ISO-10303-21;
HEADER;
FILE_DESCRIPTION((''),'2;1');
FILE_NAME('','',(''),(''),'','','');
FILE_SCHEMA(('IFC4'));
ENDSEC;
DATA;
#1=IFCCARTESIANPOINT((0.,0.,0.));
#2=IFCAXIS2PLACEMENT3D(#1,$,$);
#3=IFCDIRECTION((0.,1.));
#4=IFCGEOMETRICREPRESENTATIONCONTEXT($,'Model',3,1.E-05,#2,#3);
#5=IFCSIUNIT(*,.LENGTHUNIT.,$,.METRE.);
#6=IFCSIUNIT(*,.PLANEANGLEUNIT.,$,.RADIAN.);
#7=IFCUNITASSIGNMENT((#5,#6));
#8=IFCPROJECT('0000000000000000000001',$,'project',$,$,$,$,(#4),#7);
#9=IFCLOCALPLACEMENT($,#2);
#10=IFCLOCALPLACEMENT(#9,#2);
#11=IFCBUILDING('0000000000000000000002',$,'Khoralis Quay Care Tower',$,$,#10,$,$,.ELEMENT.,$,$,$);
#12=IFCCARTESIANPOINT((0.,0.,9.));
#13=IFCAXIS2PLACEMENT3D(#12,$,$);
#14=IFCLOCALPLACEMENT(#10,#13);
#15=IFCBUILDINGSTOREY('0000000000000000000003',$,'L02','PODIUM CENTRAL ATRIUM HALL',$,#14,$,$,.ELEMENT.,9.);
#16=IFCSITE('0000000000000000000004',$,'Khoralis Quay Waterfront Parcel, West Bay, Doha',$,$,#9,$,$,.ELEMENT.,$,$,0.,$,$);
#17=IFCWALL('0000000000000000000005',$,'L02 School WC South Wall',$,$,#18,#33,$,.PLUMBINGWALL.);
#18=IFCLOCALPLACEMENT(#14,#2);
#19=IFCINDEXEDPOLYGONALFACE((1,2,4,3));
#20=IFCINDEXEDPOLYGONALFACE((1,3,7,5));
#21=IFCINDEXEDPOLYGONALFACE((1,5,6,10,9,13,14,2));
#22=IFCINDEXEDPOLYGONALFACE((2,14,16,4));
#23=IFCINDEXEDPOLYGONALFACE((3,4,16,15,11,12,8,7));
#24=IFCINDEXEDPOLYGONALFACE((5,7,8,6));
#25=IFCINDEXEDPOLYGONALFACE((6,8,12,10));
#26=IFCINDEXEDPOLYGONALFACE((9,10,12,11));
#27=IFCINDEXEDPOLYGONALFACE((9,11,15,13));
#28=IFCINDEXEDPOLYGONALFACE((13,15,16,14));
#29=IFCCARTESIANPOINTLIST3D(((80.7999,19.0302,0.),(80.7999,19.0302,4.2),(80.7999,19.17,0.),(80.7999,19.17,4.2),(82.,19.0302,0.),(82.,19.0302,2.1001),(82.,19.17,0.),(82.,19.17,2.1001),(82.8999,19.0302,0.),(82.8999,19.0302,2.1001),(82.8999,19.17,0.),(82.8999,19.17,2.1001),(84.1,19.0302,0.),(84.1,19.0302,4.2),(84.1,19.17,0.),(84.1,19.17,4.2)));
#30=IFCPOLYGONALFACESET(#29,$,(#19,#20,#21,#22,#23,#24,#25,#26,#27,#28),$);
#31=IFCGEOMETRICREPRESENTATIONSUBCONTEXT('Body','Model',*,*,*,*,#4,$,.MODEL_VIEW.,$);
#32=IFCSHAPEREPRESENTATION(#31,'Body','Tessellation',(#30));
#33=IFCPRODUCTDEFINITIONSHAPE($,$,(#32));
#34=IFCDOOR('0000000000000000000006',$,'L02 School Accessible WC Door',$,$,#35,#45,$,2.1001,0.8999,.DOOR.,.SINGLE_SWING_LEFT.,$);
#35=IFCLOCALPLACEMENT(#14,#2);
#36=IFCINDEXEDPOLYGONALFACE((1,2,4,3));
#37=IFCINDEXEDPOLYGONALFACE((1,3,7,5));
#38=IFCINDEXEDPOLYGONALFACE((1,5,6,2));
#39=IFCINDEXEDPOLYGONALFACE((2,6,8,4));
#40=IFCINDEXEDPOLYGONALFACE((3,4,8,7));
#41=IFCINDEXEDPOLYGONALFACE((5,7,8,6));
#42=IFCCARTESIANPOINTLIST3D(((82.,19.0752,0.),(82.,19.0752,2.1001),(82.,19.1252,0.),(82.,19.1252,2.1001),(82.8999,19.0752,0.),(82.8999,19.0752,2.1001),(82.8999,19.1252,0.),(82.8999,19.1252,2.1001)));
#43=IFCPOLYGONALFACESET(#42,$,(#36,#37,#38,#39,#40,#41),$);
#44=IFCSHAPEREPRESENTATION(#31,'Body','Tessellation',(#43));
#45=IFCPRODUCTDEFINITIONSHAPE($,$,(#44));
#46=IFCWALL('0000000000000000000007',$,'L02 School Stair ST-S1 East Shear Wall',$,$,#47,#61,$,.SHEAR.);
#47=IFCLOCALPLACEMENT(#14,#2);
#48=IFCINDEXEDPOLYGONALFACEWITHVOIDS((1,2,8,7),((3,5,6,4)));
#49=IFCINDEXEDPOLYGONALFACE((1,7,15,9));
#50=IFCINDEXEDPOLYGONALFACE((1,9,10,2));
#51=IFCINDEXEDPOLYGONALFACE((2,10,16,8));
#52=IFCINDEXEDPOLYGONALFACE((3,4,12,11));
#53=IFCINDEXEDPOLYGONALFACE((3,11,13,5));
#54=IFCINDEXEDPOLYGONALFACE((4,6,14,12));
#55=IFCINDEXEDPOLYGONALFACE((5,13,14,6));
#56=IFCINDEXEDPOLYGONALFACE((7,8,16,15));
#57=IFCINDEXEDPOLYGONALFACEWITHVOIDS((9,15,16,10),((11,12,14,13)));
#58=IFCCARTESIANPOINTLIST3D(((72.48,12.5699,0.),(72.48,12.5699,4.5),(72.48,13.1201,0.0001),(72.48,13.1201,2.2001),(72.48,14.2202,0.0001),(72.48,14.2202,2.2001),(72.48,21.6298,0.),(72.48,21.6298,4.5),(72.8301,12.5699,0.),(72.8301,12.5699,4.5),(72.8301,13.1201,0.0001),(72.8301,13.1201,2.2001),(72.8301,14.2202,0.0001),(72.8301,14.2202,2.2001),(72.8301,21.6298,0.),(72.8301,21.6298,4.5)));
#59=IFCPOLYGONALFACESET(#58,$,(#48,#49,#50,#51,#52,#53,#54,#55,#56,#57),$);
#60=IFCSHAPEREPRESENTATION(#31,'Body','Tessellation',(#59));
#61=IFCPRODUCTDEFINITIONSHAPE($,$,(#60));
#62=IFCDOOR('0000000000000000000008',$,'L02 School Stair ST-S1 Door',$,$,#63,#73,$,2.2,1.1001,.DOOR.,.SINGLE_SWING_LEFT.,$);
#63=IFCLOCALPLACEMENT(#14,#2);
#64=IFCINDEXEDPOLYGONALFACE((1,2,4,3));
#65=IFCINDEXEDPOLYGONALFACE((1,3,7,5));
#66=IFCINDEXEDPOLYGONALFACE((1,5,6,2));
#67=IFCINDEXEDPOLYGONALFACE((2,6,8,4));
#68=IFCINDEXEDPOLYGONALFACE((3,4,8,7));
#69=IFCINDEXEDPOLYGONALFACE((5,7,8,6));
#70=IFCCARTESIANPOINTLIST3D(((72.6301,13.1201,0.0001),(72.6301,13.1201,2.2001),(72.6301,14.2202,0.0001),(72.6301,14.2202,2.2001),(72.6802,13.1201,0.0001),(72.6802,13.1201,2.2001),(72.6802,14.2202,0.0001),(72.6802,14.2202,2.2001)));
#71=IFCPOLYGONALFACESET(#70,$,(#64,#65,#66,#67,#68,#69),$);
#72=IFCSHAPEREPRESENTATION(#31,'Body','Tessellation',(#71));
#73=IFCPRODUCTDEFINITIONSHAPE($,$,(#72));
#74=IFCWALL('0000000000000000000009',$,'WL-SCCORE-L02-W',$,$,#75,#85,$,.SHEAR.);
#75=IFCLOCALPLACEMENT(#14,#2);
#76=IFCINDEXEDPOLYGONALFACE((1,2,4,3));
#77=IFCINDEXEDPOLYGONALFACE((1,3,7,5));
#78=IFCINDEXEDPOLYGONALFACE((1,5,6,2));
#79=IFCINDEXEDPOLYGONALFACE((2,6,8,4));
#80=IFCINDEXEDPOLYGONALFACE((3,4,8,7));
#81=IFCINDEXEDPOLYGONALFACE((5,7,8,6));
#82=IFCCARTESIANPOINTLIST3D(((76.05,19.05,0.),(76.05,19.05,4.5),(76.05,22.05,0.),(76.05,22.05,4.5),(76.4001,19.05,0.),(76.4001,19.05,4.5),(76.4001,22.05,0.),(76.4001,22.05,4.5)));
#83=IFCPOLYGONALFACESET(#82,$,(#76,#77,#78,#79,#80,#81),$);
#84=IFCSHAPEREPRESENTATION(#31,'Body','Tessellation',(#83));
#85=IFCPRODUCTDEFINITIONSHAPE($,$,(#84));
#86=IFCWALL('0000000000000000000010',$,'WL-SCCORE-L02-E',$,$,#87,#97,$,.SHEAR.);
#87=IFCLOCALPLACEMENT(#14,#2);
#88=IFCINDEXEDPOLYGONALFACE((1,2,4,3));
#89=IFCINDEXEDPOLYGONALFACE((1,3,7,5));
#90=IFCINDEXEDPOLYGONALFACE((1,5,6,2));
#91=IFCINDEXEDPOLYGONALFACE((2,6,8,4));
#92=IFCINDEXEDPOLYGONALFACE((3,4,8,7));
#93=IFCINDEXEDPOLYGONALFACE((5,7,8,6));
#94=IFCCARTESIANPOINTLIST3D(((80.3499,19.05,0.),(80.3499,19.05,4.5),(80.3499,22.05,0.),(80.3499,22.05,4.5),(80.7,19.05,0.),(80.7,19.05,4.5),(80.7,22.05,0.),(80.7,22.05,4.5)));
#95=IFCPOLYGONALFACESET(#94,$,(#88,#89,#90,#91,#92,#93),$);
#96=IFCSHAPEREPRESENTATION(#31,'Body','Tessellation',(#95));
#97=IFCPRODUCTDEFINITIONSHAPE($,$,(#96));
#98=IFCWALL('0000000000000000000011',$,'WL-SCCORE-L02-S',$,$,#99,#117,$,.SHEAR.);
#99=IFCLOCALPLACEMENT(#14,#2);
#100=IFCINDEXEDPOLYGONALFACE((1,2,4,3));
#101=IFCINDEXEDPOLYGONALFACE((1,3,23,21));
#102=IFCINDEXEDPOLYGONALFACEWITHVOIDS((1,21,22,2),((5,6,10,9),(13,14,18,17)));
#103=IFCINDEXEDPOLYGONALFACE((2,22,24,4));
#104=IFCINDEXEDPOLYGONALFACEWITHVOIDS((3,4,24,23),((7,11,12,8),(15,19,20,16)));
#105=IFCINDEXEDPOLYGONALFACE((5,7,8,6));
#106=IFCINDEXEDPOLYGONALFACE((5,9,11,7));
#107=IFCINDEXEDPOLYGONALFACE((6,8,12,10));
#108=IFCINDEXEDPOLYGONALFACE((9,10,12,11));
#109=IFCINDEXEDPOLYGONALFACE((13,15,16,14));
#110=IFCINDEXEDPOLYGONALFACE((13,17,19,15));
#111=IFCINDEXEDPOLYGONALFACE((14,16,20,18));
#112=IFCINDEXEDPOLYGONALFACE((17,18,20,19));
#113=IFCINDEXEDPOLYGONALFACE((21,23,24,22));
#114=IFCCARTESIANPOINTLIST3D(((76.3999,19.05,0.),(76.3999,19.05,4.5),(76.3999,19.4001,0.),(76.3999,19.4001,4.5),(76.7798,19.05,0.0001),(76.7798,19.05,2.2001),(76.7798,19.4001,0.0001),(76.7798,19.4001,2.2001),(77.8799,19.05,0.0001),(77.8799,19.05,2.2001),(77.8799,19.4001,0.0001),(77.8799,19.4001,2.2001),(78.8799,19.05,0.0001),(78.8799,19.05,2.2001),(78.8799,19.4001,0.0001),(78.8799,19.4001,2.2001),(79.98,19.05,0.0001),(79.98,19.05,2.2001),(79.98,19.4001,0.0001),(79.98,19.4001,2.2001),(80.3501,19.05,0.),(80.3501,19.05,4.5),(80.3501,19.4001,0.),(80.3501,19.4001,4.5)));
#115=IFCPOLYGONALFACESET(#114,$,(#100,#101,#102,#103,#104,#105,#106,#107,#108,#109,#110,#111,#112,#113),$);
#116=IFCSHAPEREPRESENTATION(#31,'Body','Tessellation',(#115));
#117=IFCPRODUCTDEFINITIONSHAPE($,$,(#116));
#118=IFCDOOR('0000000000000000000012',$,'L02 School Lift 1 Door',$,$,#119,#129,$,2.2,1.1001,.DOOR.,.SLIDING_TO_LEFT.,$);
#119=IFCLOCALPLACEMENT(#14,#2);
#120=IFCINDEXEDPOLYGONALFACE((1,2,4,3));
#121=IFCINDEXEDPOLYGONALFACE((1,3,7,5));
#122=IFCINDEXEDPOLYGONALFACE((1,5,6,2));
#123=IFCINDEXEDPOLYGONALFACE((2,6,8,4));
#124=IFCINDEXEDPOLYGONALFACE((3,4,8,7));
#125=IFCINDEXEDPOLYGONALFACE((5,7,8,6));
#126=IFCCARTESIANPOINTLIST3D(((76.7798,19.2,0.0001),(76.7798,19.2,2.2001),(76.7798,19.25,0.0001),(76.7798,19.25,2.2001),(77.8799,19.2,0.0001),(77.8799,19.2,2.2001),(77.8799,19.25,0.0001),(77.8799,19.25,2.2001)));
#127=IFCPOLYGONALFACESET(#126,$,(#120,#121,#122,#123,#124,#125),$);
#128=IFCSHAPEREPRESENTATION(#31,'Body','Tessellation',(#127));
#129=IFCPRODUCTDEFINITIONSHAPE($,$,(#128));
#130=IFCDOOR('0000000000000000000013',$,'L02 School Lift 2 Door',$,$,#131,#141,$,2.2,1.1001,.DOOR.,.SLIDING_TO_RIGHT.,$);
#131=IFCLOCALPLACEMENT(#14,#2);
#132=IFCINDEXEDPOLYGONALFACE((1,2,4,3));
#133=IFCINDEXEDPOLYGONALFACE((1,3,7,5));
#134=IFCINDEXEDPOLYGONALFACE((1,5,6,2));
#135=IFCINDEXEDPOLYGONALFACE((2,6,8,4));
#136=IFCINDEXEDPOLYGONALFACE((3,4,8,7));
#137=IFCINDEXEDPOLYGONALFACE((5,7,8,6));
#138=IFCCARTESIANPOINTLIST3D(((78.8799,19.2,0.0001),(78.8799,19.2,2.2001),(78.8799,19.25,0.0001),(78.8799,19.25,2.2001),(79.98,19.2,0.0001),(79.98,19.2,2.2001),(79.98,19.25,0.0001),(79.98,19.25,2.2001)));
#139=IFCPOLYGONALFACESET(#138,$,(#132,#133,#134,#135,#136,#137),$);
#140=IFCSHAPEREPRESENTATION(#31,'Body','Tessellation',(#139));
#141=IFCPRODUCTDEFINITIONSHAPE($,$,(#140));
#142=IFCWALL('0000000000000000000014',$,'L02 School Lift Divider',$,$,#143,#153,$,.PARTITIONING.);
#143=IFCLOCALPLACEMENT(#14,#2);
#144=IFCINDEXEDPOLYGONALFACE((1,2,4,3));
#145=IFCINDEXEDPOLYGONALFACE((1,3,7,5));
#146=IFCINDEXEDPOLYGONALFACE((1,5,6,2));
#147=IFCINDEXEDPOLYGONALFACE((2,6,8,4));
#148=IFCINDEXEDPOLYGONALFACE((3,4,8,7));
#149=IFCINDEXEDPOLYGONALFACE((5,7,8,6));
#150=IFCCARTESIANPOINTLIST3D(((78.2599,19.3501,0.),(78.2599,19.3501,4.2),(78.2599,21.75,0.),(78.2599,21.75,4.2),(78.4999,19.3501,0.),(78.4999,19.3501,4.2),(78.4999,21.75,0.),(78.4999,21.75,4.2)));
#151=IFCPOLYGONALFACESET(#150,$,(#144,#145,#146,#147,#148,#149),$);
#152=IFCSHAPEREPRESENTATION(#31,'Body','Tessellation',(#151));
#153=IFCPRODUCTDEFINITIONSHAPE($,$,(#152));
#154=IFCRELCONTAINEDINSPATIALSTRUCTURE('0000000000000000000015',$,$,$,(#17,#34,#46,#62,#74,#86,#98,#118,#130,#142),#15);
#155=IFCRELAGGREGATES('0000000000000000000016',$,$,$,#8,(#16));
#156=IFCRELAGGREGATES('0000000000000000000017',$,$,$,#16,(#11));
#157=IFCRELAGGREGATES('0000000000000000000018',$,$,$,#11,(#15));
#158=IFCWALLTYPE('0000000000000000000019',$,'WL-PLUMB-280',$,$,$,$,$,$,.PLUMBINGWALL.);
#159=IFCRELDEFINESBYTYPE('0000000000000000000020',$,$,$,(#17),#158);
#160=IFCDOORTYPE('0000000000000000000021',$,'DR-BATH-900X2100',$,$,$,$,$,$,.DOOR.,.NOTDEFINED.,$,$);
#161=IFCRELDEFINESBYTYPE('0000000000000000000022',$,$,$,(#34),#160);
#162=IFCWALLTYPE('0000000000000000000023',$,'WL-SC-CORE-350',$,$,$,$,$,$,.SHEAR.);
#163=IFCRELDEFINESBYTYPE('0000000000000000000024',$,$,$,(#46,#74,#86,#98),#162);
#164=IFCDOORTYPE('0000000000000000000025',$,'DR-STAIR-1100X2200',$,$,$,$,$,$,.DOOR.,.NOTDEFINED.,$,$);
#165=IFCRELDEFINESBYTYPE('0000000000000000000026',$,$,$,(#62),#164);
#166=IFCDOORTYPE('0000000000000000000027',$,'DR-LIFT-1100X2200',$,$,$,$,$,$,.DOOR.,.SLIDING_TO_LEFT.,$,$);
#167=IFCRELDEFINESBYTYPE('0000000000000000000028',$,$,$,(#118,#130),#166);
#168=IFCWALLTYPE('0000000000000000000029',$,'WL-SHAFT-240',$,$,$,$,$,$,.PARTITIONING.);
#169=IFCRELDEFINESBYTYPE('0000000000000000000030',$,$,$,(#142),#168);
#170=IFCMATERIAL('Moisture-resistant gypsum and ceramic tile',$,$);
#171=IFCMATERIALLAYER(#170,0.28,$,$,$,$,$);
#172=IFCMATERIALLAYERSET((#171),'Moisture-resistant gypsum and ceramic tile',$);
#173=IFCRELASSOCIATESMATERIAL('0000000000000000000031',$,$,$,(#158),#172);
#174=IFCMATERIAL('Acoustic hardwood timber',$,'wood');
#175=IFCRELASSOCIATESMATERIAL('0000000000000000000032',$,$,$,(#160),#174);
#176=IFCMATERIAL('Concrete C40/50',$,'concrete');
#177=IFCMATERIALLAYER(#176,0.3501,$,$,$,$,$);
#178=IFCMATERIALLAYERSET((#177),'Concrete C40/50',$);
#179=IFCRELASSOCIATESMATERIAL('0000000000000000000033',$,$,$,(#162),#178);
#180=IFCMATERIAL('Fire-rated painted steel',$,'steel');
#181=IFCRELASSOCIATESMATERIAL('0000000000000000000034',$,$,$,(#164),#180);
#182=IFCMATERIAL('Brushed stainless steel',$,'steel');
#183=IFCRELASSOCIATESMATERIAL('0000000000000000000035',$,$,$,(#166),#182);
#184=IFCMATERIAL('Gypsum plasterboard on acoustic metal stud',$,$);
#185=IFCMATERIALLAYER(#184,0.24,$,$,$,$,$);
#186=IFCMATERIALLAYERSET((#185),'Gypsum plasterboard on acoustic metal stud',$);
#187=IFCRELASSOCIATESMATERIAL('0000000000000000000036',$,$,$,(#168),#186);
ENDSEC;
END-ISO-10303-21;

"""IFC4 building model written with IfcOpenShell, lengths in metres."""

from ifc_helpers import new_model, si_unit, direction, frame, frame_2d, origin, place, context, subcontext, project, spatial, rectangle, extrude, source, transform, mapped, material, layer, layer_set, type_object, element, fill, save


model = new_model("IFC4")

# Units and contexts
model_context = context("Model", 3, precision=1e-05, world=origin(), true_north=direction((0.0, 1.0)))
body_context = subcontext(model_context, "Body", "Model", "MODEL_VIEW")
ifc_project = project(units=[si_unit("LENGTHUNIT", "METRE"), si_unit("PLANEANGLEUNIT", "RADIAN")], contexts=[model_context])

# Site, building, storey
site_placement = place(None, origin())
site = spatial("IfcSite", under=ifc_project, at=site_placement, Name="Khoralis Quay Waterfront Parcel, West Bay, Doha", CompositionType="ELEMENT", RefElevation=0.0)
building_placement = place(site_placement, origin())
building = spatial("IfcBuilding", under=site, at=building_placement, Name="Khoralis Quay Care Tower", CompositionType="ELEMENT")
storey_placement = place(building_placement, frame((0.0, 0.0, 9.0)))
storey = spatial("IfcBuildingStorey", under=building, at=storey_placement, Name="L02", Description="PODIUM CENTRAL ATRIUM HALL", CompositionType="ELEMENT", Elevation=9.0)

# Shared definitions
ifc_material_1 = material(Name="Concrete C40/50", Category="concrete")

# Shared definitions
ifc_material_2 = material(Name="Gypsum plasterboard on acoustic metal stud")
ifc_material_3 = material(Name="Acoustic hardwood timber", Category="wood")

# Walls, openings, doors
ifc_material_4 = material(Name="Moisture-resistant gypsum and ceramic tile")
ifc_layer_1 = layer(ifc_material_4, 0.28)
ifc_layer_set_1 = layer_set([ifc_layer_1], Name="Moisture-resistant gypsum and ceramic tile")
wall_type_1 = type_object("IfcWallType", Name="WL-PLUMB-280", PredefinedType="PLUMBINGWALL", material=ifc_layer_set_1)
wall_1_placement = place(storey_placement, frame((80.8, 19.1001, 0.0), z_axis=(0.0, 0.0, 1.0), x_axis=(1.0, 0.0, 0.0)))
wall_1 = element("IfcWall", 1, at=wall_1_placement, inside=storey, type_object=wall_type_1, Name="L02 School WC South Wall", PredefinedType="PLUMBINGWALL", context=body_context, shape_type="SweptSolid", body=[
    extrude(rectangle(XDim=3.3, YDim=0.1399, at=frame_2d((1.6499, 0.0))), origin(), (0.0, 0.0, 1.0), 4.2),
])
opening_1_placement = place(wall_1_placement, frame((1.2, 0.0, 0.0)))
opening_1 = element("IfcOpeningElement", 2, at=opening_1_placement, cuts=wall_1, PredefinedType="OPENING", context=body_context, shape_type="SweptSolid", body=[
    extrude(rectangle(XDim=0.8999, YDim=2.1001, at=frame_2d((0.45, 1.05))), frame((0.0, 0.0801, 0.0), z_axis=(0.0, -1.0, 0.0), x_axis=(1.0, 0.0, 0.0)), (0.0, 0.0, 1.0), 0.1599),
])
door_type_1 = type_object("IfcDoorType", Name="DR-BATH-900X2100", OperationType="NOTDEFINED", PredefinedType="DOOR", material=ifc_material_3)
shared_shape_1 = source(origin(), body_context, "Body", "SweptSolid", [
    extrude(rectangle(XDim=0.8999, YDim=2.1001, at=frame_2d((0.45, 1.05))), frame((0.0, 0.0249, 0.0), z_axis=(0.0, -1.0, 0.0), x_axis=(1.0, 0.0, 0.0)), (0.0, 0.0, 1.0), 0.05),
])
door_1_placement = place(opening_1_placement, frame((0.8999, 0.0, 0.0), z_axis=(0.0, 0.0, 1.0), x_axis=(-1.0, 0.0, 0.0)))
door_1 = element("IfcDoor", 3, at=door_1_placement, inside=storey, type_object=door_type_1, Name="L02 School Accessible WC Door", OperationType="SINGLE_SWING_LEFT", OverallHeight=2.1001, OverallWidth=0.8999, PredefinedType="DOOR", context=body_context, shape_type="MappedRepresentation", body=[
    mapped(shared_shape_1, transform((0.0, 0.0, 0.0), scale=1.0)),
])
fill(opening_1, door_1)
ifc_layer_2 = layer(ifc_material_1, 0.3501)
ifc_layer_set_2 = layer_set([ifc_layer_2], Name="Concrete C40/50")
wall_type_2 = type_object("IfcWallType", Name="WL-SC-CORE-350", PredefinedType="SHEAR", material=ifc_layer_set_2)
wall_2_placement = place(storey_placement, frame((72.655, 12.5701, 0.0), z_axis=(0.0, 0.0, 1.0), x_axis=(0.0, 1.0, 0.0)))
wall_2 = element("IfcWall", 4, at=wall_2_placement, inside=storey, type_object=wall_type_2, Name="L02 School Stair ST-S1 East Shear Wall", PredefinedType="SHEAR", context=body_context, shape_type="SweptSolid", body=[
    extrude(rectangle(XDim=9.0598, YDim=0.3501, at=frame_2d((4.5298, 0.0))), origin(), (0.0, 0.0, 1.0), 4.5),
])
opening_2_placement = place(wall_2_placement, frame((0.55, 0.0, 0.0)))
opening_2 = element("IfcOpeningElement", 5, at=opening_2_placement, cuts=wall_2, PredefinedType="OPENING", context=body_context, shape_type="SweptSolid", body=[
    extrude(rectangle(XDim=1.1001, YDim=2.2, at=frame_2d((0.55, 1.1001))), frame((0.0, 0.1851, 0.0), z_axis=(0.0, -1.0, 0.0), x_axis=(1.0, 0.0, 0.0)), (0.0, 0.0, 1.0), 0.3701),
])
ifc_material_5 = material(Name="Fire-rated painted steel", Category="steel")
door_type_2 = type_object("IfcDoorType", Name="DR-STAIR-1100X2200", OperationType="NOTDEFINED", PredefinedType="DOOR", material=ifc_material_5)
shared_shape_2 = source(origin(), body_context, "Body", "SweptSolid", [
    extrude(rectangle(XDim=1.1001, YDim=2.2, at=frame_2d((0.55, 1.1001))), frame((0.0, 0.0249, 0.0), z_axis=(0.0, -1.0, 0.0), x_axis=(1.0, 0.0, 0.0)), (0.0, 0.0, 1.0), 0.05),
])
door_2_placement = place(opening_2_placement, origin())
door_2 = element("IfcDoor", 6, at=door_2_placement, inside=storey, type_object=door_type_2, Name="L02 School Stair ST-S1 Door", OperationType="SINGLE_SWING_LEFT", OverallHeight=2.2, OverallWidth=1.1001, PredefinedType="DOOR", context=body_context, shape_type="MappedRepresentation", body=[
    mapped(shared_shape_2, transform((0.0, 0.0, 0.0), scale=1.0)),
])
fill(opening_2, door_2)

# Walls
for number, where, z_axis, x_axis, name in (
    (7, (76.2251, 19.05, 0.0), (0.0, 0.0, 1.0), (0.0, 1.0, 0.0), "WL-SCCORE-L02-W"),
    (8, (80.5249, 19.05, 0.0), (0.0, 0.0, 1.0), (0.0, 1.0, 0.0), "WL-SCCORE-L02-E"),
):
    element("IfcWall", number, at=place(storey_placement, frame(where, z_axis=z_axis, x_axis=x_axis)), inside=storey, type_object=wall_type_2, Name=name, PredefinedType="SHEAR", context=body_context, shape_type="SweptSolid", body=[
        extrude(rectangle(XDim=3.0, YDim=0.3501, at=frame_2d((1.5, 0.0))), origin(), (0.0, 0.0, 1.0), 4.5),
    ])

# Wall, openings, doors
wall_3_placement = place(storey_placement, frame((76.3999, 19.2251, 0.0), z_axis=(0.0, 0.0, 1.0), x_axis=(1.0, 0.0, 0.0)))
wall_3 = element("IfcWall", 9, at=wall_3_placement, inside=storey, type_object=wall_type_2, Name="WL-SCCORE-L02-S", PredefinedType="SHEAR", context=body_context, shape_type="SweptSolid", body=[
    extrude(rectangle(XDim=3.9502, YDim=0.3501, at=frame_2d((1.9751, 0.0))), origin(), (0.0, 0.0, 1.0), 4.5),
])
opening_3_placement = place(wall_3_placement, frame((0.3799, 0.0, 0.0)))
opening_3 = element("IfcOpeningElement", 10, at=opening_3_placement, cuts=wall_3, PredefinedType="OPENING", context=body_context, shape_type="SweptSolid", body=[
    extrude(rectangle(XDim=1.1001, YDim=2.2, at=frame_2d((0.55, 1.1001))), frame((0.0, 0.1851, 0.0), z_axis=(0.0, -1.0, 0.0), x_axis=(1.0, 0.0, 0.0)), (0.0, 0.0, 1.0), 0.3701),
])
opening_4_placement = place(wall_3_placement, frame((2.48, 0.0, 0.0)))
opening_4 = element("IfcOpeningElement", 11, at=opening_4_placement, cuts=wall_3, PredefinedType="OPENING", context=body_context, shape_type="SweptSolid", body=[
    extrude(rectangle(XDim=1.1001, YDim=2.2, at=frame_2d((0.55, 1.1001))), frame((0.0, 0.1851, 0.0), z_axis=(0.0, -1.0, 0.0), x_axis=(1.0, 0.0, 0.0)), (0.0, 0.0, 1.0), 0.3701),
])
ifc_material_6 = material(Name="Brushed stainless steel", Category="steel")
door_type_3 = type_object("IfcDoorType", Name="DR-LIFT-1100X2200", OperationType="SLIDING_TO_LEFT", PredefinedType="DOOR", material=ifc_material_6)
shared_shape_3 = source(origin(), body_context, "Body", "SweptSolid", [
    extrude(rectangle(XDim=1.1001, YDim=2.2, at=frame_2d((0.55, 1.1001))), frame((0.0, 0.0249, 0.0), z_axis=(0.0, -1.0, 0.0), x_axis=(1.0, 0.0, 0.0)), (0.0, 0.0, 1.0), 0.05),
])
door_3_placement = place(opening_3_placement, origin())
door_3 = element("IfcDoor", 12, at=door_3_placement, inside=storey, type_object=door_type_3, Name="L02 School Lift 1 Door", OperationType="SLIDING_TO_LEFT", OverallHeight=2.2, OverallWidth=1.1001, PredefinedType="DOOR", context=body_context, shape_type="MappedRepresentation", body=[
    mapped(shared_shape_3, transform((0.0, 0.0, 0.0), scale=1.0)),
])
fill(opening_3, door_3)
door_4_placement = place(opening_4_placement, origin())
door_4 = element("IfcDoor", 13, at=door_4_placement, inside=storey, type_object=door_type_3, Name="L02 School Lift 2 Door", OperationType="SLIDING_TO_RIGHT", OverallHeight=2.2, OverallWidth=1.1001, PredefinedType="DOOR", context=body_context, shape_type="MappedRepresentation", body=[
    mapped(shared_shape_3, transform((0.0, 0.0, 0.0), scale=1.0)),
])
fill(opening_4, door_4)

# Wall
ifc_layer_3 = layer(ifc_material_2, 0.24)
ifc_layer_set_3 = layer_set([ifc_layer_3], Name="Gypsum plasterboard on acoustic metal stud")
wall_type_3 = type_object("IfcWallType", Name="WL-SHAFT-240", PredefinedType="PARTITIONING", material=ifc_layer_set_3)
wall_4_placement = place(storey_placement, frame((78.3799, 19.3501, 0.0), z_axis=(0.0, 0.0, 1.0), x_axis=(0.0, 1.0, 0.0)))
element("IfcWall", 14, at=wall_4_placement, inside=storey, type_object=wall_type_3, Name="L02 School Lift Divider", PredefinedType="PARTITIONING", context=body_context, shape_type="SweptSolid", body=[
    extrude(rectangle(XDim=2.3999, YDim=0.24, at=frame_2d((1.2, 0.0))), origin(), (0.0, 0.0, 1.0), 4.2),
])

save(model, "model.ifc")
